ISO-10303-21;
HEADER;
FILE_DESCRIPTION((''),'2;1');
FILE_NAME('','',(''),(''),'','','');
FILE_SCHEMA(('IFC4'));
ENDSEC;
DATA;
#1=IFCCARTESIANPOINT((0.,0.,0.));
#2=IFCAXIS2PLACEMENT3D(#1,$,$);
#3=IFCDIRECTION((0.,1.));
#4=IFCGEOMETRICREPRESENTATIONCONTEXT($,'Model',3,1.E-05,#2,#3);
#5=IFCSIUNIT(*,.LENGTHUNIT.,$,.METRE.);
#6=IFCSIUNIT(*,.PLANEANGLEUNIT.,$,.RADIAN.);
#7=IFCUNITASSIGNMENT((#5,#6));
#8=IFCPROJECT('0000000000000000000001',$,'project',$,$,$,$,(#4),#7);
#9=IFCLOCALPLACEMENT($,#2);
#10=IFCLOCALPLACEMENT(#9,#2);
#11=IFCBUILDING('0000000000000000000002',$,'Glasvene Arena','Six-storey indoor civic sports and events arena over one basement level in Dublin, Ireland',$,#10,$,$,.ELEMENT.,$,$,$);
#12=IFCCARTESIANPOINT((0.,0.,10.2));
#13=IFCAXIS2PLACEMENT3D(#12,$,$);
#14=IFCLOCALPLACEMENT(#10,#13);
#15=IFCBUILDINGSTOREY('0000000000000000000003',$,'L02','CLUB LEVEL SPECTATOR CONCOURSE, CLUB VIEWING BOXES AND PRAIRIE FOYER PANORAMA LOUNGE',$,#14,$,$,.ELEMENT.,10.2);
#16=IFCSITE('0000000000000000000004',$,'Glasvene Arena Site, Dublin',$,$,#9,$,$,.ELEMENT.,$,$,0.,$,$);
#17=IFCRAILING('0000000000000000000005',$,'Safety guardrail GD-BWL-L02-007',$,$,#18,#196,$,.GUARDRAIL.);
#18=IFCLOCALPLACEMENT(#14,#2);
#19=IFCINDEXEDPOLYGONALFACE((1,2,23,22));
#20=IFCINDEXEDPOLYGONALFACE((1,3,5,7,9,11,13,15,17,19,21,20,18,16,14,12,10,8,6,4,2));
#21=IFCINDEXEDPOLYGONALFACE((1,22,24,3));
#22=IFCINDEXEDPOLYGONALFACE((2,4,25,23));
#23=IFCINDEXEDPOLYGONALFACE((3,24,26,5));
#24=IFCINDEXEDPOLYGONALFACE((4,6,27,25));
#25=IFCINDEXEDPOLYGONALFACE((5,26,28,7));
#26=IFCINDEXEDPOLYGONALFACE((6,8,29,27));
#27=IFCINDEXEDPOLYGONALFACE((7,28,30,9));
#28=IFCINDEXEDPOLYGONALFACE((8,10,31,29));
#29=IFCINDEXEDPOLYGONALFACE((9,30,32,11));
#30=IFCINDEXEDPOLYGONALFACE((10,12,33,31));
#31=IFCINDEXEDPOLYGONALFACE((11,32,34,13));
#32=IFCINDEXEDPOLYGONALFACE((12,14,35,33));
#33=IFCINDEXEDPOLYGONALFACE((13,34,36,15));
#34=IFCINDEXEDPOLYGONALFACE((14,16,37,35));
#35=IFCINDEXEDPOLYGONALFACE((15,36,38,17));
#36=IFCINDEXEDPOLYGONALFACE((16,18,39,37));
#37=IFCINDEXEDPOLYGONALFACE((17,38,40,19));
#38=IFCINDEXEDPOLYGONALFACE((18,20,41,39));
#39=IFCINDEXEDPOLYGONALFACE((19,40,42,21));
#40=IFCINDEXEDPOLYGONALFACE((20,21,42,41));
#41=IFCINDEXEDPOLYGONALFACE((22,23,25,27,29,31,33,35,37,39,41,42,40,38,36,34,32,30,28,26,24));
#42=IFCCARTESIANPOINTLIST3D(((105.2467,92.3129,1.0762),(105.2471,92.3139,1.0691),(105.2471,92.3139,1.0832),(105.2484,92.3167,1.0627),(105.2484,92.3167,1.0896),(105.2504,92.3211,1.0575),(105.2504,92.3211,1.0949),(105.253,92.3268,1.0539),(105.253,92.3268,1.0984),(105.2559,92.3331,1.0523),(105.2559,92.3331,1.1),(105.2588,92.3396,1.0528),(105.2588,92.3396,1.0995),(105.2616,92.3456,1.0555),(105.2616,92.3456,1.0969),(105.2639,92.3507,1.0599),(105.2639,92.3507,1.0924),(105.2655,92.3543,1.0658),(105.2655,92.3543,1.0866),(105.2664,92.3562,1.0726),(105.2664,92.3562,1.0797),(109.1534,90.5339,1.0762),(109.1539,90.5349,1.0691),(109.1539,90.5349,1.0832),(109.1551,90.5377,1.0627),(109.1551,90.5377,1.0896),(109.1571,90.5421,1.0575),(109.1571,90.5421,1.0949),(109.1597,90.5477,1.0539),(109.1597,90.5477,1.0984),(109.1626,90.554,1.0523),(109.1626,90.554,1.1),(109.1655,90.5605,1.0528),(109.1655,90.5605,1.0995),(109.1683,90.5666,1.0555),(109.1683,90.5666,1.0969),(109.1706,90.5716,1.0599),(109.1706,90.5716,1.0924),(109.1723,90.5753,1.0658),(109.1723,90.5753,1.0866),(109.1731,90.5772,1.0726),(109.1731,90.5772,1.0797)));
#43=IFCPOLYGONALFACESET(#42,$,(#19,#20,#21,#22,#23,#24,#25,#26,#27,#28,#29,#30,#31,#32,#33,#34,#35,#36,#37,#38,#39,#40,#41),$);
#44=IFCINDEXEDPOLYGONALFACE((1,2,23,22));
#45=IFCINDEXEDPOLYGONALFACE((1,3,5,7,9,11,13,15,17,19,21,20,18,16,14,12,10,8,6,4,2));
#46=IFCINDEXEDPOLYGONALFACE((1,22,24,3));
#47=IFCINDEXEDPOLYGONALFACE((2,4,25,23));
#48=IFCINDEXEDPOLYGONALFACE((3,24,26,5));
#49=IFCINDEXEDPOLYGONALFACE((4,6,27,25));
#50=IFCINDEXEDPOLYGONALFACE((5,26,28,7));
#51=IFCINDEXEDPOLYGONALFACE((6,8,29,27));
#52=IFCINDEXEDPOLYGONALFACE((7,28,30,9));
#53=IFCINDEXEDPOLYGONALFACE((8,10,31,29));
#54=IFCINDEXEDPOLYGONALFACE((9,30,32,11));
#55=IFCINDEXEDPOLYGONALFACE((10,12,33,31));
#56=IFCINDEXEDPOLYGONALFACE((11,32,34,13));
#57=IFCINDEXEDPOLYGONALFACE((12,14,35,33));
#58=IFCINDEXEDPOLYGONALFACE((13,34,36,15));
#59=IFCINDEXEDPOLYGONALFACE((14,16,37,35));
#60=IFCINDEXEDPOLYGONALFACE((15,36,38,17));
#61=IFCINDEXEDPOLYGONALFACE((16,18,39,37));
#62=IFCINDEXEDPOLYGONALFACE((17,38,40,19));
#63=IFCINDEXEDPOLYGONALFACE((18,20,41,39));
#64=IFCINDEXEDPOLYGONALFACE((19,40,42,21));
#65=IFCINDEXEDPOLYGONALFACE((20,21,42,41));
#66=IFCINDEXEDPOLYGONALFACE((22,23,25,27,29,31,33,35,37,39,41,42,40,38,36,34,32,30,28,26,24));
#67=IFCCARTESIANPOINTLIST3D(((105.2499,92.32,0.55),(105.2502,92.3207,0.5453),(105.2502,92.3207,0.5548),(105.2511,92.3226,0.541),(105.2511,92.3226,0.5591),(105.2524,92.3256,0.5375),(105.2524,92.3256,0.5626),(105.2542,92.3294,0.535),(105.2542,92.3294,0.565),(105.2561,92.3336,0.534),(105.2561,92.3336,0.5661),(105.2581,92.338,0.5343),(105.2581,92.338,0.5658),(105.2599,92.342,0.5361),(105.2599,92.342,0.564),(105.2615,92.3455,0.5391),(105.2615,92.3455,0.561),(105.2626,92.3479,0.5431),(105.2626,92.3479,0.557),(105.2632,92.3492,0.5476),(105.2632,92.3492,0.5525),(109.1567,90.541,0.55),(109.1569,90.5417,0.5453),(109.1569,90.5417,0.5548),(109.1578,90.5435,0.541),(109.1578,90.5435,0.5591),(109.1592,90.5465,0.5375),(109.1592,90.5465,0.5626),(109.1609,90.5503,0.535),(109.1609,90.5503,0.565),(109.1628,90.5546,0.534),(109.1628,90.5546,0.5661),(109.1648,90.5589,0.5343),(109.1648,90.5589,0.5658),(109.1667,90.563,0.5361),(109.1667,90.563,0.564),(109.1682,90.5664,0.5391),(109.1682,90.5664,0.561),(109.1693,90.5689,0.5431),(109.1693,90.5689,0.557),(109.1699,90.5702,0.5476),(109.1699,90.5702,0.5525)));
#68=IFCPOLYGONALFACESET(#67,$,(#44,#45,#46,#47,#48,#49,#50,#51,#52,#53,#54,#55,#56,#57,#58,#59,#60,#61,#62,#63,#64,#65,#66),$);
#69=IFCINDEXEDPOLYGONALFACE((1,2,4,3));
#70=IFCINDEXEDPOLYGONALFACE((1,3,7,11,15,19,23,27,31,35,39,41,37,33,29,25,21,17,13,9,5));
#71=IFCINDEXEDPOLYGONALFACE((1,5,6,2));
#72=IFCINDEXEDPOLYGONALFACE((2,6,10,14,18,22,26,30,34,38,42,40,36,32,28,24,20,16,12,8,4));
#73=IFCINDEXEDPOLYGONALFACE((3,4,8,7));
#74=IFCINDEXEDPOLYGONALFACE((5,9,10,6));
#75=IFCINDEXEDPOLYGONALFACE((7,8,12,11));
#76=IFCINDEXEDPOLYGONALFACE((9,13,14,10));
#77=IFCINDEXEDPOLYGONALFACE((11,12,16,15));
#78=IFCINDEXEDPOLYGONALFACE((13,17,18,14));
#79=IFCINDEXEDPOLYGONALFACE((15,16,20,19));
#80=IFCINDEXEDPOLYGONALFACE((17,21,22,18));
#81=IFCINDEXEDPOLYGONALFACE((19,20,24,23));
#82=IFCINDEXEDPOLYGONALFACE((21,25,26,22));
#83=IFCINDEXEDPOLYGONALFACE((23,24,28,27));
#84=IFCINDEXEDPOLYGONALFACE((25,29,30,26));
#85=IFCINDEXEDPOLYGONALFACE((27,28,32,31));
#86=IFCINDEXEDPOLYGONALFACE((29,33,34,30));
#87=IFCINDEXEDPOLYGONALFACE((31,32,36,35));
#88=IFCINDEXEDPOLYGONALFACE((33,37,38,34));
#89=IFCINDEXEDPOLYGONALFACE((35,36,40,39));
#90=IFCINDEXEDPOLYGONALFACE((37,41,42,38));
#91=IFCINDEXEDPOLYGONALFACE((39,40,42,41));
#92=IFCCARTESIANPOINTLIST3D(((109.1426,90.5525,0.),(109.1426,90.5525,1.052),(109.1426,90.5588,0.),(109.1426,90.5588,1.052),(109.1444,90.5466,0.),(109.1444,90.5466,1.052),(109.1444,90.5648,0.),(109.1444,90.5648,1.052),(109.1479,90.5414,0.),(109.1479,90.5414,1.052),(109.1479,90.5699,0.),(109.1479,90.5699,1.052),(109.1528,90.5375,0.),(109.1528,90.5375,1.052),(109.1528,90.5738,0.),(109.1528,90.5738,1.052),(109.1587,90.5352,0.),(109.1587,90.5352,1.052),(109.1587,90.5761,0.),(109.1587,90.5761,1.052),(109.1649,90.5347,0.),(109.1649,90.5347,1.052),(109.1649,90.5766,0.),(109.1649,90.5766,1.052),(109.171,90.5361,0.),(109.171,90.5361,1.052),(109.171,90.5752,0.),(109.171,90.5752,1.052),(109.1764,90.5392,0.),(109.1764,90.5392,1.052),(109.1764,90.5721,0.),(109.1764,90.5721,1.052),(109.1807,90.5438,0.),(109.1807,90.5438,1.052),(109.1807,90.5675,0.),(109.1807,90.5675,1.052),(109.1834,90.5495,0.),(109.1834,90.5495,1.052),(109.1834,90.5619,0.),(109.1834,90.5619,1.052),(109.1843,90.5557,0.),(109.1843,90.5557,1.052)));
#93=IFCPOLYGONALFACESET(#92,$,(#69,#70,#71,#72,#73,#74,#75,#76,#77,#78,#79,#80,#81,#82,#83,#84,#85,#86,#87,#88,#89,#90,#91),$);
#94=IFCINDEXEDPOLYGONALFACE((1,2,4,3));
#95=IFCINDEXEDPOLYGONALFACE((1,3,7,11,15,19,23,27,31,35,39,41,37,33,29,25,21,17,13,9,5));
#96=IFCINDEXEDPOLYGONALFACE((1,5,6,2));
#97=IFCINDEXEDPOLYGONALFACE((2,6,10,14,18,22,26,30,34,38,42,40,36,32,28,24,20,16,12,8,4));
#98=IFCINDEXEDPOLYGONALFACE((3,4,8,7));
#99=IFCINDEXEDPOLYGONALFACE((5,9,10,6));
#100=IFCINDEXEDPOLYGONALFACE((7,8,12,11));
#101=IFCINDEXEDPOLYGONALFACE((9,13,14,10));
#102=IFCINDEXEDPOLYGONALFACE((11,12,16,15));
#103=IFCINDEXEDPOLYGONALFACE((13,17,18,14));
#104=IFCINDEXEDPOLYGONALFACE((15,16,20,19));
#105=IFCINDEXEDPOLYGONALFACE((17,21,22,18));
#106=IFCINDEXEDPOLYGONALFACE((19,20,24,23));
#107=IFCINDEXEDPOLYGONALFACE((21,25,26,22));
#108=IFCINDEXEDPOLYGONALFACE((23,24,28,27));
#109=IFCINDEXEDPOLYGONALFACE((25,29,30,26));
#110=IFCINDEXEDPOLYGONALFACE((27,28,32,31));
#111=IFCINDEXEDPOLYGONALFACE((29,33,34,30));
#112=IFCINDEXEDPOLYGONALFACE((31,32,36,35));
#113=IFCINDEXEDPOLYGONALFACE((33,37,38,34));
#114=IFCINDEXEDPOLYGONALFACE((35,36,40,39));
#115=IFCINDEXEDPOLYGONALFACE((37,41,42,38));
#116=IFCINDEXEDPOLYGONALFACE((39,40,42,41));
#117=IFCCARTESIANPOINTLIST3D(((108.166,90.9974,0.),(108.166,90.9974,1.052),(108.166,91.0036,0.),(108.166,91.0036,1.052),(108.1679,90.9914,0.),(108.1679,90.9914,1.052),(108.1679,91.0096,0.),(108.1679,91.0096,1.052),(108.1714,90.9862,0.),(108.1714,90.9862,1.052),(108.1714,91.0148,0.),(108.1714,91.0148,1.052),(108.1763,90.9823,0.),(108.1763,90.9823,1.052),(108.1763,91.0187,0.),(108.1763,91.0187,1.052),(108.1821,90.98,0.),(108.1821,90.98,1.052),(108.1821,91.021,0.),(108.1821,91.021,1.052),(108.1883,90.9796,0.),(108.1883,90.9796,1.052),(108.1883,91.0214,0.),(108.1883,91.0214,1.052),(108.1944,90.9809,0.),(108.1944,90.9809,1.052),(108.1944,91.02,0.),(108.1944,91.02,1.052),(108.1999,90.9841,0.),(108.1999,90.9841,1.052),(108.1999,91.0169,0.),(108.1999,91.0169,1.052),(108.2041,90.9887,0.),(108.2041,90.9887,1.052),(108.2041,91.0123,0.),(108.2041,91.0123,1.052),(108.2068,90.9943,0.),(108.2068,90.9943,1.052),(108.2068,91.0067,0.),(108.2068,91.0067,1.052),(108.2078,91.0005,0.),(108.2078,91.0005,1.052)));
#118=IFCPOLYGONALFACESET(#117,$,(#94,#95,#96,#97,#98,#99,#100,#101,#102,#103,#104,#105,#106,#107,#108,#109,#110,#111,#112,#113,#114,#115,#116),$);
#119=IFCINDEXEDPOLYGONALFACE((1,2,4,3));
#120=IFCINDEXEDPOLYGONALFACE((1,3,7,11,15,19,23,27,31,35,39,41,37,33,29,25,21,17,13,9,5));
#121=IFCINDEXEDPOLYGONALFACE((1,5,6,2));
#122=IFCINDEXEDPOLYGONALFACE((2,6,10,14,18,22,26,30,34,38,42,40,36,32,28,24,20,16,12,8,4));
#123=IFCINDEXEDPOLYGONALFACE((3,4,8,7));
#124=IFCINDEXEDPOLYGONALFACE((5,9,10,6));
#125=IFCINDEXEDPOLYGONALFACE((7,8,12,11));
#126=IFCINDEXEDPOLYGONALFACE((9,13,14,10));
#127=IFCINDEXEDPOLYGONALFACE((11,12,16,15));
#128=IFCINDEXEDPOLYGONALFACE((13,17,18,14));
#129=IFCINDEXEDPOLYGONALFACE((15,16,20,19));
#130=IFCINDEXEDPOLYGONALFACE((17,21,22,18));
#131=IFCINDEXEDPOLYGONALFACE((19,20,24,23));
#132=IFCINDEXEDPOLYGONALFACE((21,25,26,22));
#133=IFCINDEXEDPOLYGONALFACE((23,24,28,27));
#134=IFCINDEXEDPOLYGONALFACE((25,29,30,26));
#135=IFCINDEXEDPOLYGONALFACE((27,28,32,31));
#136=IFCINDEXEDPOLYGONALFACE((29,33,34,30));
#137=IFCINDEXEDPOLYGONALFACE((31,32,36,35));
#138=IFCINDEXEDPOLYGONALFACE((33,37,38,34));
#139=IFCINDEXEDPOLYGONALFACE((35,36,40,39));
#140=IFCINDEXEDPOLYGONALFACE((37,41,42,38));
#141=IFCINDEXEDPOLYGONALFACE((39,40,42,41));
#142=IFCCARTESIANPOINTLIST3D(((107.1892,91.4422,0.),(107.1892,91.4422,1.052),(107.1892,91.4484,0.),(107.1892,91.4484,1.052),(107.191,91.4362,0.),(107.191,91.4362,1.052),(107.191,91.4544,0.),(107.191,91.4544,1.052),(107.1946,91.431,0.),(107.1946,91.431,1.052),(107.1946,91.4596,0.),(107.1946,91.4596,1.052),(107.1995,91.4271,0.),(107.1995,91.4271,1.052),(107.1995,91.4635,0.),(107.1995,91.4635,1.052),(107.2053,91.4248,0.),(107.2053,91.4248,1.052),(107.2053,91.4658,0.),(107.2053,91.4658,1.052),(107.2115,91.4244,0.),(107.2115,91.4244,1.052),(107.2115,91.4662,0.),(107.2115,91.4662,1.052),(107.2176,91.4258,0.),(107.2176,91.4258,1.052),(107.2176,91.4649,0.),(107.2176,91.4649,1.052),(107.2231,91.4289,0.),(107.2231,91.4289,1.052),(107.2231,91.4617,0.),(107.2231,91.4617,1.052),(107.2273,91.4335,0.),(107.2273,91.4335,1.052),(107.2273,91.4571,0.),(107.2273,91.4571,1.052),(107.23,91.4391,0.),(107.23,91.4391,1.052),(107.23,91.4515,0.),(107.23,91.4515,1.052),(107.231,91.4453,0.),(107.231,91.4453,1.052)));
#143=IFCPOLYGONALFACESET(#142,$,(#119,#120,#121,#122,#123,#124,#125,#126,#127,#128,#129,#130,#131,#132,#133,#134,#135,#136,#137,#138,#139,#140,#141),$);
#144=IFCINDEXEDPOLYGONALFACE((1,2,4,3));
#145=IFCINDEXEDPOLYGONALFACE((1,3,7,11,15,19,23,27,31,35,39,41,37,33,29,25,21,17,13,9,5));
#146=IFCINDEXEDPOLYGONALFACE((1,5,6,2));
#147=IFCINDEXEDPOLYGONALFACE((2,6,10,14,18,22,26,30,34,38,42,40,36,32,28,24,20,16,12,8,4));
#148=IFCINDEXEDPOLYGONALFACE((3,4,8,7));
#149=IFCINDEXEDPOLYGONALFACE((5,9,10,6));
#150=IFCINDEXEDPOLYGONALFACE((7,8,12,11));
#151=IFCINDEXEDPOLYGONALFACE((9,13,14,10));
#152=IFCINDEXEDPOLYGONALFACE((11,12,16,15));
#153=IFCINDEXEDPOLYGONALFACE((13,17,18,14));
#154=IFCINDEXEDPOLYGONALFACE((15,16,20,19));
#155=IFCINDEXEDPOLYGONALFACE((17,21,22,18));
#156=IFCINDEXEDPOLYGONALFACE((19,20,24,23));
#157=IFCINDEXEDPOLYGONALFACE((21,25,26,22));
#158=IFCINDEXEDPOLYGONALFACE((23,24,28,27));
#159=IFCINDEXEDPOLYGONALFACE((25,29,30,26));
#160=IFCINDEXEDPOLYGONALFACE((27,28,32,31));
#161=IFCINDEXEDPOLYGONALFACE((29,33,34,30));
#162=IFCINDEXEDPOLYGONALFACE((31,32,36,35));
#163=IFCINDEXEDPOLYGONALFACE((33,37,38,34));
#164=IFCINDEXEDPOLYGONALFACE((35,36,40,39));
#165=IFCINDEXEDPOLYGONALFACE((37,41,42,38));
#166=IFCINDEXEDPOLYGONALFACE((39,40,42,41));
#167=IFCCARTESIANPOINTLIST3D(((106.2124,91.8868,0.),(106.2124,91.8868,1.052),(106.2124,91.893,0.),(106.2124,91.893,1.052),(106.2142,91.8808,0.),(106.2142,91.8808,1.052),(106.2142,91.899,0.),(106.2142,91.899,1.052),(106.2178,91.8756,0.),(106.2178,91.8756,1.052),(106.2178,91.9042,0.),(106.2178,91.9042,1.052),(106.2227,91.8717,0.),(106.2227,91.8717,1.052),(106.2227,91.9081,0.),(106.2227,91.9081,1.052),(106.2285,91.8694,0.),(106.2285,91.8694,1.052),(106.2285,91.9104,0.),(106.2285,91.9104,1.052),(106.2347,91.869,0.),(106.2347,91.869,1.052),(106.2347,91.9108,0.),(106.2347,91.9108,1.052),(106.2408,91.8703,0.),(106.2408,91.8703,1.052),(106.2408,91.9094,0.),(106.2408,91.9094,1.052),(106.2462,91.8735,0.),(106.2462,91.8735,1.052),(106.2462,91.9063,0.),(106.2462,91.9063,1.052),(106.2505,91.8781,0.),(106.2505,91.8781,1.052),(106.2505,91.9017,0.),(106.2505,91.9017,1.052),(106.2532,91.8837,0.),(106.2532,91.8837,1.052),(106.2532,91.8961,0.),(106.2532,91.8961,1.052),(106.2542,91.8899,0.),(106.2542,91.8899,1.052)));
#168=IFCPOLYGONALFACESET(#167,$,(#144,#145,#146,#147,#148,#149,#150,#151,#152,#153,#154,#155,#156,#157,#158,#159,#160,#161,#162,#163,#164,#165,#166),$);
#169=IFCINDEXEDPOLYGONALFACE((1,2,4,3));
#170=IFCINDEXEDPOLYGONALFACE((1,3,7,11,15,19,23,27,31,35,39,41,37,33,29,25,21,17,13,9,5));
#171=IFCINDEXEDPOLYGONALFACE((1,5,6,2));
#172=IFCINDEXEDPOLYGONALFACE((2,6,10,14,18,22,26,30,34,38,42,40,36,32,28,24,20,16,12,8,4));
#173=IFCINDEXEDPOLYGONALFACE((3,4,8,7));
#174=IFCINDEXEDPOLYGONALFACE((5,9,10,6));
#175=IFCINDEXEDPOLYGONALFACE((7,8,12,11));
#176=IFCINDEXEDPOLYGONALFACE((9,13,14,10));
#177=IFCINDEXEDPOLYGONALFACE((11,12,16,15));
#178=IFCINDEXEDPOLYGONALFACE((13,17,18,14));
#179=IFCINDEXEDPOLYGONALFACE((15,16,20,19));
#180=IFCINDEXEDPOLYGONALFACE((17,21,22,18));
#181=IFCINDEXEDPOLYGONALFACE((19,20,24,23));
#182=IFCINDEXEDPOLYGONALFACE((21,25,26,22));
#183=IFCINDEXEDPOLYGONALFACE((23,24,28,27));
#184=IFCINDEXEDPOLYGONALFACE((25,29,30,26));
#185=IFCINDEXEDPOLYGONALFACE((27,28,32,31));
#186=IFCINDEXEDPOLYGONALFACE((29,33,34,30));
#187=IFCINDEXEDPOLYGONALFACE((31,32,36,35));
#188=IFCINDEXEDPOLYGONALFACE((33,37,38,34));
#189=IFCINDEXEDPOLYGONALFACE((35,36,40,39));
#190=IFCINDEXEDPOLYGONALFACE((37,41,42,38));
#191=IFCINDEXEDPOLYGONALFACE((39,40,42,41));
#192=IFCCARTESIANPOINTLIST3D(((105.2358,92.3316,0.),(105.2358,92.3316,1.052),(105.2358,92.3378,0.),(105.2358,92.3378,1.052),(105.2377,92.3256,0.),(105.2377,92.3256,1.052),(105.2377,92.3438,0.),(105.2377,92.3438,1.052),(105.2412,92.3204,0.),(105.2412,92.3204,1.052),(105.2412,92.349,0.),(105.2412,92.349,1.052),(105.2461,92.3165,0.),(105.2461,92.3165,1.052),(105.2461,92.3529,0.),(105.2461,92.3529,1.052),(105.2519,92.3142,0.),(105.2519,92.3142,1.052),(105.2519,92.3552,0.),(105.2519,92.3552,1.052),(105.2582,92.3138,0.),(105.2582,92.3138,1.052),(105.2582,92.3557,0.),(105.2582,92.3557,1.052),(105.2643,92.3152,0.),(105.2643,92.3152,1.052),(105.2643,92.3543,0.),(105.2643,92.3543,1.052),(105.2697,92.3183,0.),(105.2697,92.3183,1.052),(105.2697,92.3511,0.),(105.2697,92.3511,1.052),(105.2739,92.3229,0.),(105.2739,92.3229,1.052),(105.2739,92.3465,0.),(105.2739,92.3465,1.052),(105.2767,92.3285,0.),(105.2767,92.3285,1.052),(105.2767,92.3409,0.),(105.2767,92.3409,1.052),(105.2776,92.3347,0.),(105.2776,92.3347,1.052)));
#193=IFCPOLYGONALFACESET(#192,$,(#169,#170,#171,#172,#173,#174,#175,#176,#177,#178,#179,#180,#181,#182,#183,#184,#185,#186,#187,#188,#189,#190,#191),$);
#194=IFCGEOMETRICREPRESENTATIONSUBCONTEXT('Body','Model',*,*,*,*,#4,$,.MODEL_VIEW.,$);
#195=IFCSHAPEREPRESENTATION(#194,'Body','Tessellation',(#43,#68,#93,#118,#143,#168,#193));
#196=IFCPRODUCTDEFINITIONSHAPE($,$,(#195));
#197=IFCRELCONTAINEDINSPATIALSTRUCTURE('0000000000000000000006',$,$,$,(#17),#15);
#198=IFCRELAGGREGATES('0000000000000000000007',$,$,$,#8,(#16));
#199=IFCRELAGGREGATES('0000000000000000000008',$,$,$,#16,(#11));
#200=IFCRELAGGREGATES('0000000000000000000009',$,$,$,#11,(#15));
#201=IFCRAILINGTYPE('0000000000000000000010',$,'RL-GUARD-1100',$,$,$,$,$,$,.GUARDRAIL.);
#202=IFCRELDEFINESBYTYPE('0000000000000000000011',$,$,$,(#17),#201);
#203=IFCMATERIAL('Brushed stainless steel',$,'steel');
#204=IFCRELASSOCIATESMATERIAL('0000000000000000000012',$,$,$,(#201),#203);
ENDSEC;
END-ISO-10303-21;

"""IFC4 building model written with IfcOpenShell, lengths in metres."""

from ifc_helpers import new_model, si_unit, direction, frame, origin, origin_2d, place, context, subcontext, project, spatial, circle, extrude, material, type_object, element, save


model = new_model("IFC4")

# Units and contexts
model_context = context("Model", 3, precision=1e-05, world=origin(), true_north=direction((0.0, 1.0)))
body_context = subcontext(model_context, "Body", "Model", "MODEL_VIEW")
ifc_project = project(units=[si_unit("LENGTHUNIT", "METRE"), si_unit("PLANEANGLEUNIT", "RADIAN")], contexts=[model_context])

# Site, building, storey
site_placement = place(None, origin())
site = spatial("IfcSite", under=ifc_project, at=site_placement, Name="Glasvene Arena Site, Dublin", CompositionType="ELEMENT", RefElevation=0.0)
building_placement = place(site_placement, origin())
building = spatial("IfcBuilding", under=site, at=building_placement, Name="Glasvene Arena", Description="Six-storey indoor civic sports and events arena over one basement level in Dublin, Ireland", CompositionType="ELEMENT")
storey_placement = place(building_placement, frame((0.0, 0.0, 10.2)))
storey = spatial("IfcBuildingStorey", under=building, at=storey_placement, Name="L02", Description="CLUB LEVEL SPECTATOR CONCOURSE, CLUB VIEWING BOXES AND PRAIRIE FOYER PANORAMA LOUNGE", CompositionType="ELEMENT", Elevation=10.2)

# Railing
ifc_material_1 = material(Name="Brushed stainless steel", Category="steel")
railing_type = type_object("IfcRailingType", Name="RL-GUARD-1100", PredefinedType="GUARDRAIL", material=ifc_material_1)
railing_1_placement = place(storey_placement, frame((109.1633, 90.5557, 0.0)))
element("IfcRailing", 1, at=railing_1_placement, inside=storey, type_object=railing_type, Name="Safety guardrail GD-BWL-L02-007", PredefinedType="GUARDRAIL", context=body_context, shape_type="SweptSolid", body=[
    extrude(circle(Radius=0.0239, at=origin_2d()), frame((0.0, 0.0, 1.0762), z_axis=(-0.91008, 0.414433, 0.0), x_axis=(-0.414433, -0.91008, 0.0)), (0.0, 0.0, 1.0), 4.2927),
    extrude(circle(Radius=0.0161, at=origin_2d()), frame((0.0, 0.0, 0.55), z_axis=(-0.91008, 0.414433, 0.0), x_axis=(-0.414433, -0.91008, 0.0)), (0.0, 0.0, 1.0), 4.2927),
    extrude(circle(Radius=0.021, at=origin_2d()), origin(), (0.0, 0.0, 1.0), 1.052),
    extrude(circle(Radius=0.021, at=origin_2d()), frame((-0.9766, 0.4448, 0.0)), (0.0, 0.0, 1.0), 1.052),
    extrude(circle(Radius=0.021, at=origin_2d()), frame((-1.9534, 0.8896, 0.0)), (0.0, 0.0, 1.0), 1.052),
    extrude(circle(Radius=0.021, at=origin_2d()), frame((-2.9302, 1.3342, 0.0)), (0.0, 0.0, 1.0), 1.052),
    extrude(circle(Radius=0.021, at=origin_2d()), frame((-3.9067, 1.7791, 0.0)), (0.0, 0.0, 1.0), 1.052),
])

save(model, "model.ifc")
